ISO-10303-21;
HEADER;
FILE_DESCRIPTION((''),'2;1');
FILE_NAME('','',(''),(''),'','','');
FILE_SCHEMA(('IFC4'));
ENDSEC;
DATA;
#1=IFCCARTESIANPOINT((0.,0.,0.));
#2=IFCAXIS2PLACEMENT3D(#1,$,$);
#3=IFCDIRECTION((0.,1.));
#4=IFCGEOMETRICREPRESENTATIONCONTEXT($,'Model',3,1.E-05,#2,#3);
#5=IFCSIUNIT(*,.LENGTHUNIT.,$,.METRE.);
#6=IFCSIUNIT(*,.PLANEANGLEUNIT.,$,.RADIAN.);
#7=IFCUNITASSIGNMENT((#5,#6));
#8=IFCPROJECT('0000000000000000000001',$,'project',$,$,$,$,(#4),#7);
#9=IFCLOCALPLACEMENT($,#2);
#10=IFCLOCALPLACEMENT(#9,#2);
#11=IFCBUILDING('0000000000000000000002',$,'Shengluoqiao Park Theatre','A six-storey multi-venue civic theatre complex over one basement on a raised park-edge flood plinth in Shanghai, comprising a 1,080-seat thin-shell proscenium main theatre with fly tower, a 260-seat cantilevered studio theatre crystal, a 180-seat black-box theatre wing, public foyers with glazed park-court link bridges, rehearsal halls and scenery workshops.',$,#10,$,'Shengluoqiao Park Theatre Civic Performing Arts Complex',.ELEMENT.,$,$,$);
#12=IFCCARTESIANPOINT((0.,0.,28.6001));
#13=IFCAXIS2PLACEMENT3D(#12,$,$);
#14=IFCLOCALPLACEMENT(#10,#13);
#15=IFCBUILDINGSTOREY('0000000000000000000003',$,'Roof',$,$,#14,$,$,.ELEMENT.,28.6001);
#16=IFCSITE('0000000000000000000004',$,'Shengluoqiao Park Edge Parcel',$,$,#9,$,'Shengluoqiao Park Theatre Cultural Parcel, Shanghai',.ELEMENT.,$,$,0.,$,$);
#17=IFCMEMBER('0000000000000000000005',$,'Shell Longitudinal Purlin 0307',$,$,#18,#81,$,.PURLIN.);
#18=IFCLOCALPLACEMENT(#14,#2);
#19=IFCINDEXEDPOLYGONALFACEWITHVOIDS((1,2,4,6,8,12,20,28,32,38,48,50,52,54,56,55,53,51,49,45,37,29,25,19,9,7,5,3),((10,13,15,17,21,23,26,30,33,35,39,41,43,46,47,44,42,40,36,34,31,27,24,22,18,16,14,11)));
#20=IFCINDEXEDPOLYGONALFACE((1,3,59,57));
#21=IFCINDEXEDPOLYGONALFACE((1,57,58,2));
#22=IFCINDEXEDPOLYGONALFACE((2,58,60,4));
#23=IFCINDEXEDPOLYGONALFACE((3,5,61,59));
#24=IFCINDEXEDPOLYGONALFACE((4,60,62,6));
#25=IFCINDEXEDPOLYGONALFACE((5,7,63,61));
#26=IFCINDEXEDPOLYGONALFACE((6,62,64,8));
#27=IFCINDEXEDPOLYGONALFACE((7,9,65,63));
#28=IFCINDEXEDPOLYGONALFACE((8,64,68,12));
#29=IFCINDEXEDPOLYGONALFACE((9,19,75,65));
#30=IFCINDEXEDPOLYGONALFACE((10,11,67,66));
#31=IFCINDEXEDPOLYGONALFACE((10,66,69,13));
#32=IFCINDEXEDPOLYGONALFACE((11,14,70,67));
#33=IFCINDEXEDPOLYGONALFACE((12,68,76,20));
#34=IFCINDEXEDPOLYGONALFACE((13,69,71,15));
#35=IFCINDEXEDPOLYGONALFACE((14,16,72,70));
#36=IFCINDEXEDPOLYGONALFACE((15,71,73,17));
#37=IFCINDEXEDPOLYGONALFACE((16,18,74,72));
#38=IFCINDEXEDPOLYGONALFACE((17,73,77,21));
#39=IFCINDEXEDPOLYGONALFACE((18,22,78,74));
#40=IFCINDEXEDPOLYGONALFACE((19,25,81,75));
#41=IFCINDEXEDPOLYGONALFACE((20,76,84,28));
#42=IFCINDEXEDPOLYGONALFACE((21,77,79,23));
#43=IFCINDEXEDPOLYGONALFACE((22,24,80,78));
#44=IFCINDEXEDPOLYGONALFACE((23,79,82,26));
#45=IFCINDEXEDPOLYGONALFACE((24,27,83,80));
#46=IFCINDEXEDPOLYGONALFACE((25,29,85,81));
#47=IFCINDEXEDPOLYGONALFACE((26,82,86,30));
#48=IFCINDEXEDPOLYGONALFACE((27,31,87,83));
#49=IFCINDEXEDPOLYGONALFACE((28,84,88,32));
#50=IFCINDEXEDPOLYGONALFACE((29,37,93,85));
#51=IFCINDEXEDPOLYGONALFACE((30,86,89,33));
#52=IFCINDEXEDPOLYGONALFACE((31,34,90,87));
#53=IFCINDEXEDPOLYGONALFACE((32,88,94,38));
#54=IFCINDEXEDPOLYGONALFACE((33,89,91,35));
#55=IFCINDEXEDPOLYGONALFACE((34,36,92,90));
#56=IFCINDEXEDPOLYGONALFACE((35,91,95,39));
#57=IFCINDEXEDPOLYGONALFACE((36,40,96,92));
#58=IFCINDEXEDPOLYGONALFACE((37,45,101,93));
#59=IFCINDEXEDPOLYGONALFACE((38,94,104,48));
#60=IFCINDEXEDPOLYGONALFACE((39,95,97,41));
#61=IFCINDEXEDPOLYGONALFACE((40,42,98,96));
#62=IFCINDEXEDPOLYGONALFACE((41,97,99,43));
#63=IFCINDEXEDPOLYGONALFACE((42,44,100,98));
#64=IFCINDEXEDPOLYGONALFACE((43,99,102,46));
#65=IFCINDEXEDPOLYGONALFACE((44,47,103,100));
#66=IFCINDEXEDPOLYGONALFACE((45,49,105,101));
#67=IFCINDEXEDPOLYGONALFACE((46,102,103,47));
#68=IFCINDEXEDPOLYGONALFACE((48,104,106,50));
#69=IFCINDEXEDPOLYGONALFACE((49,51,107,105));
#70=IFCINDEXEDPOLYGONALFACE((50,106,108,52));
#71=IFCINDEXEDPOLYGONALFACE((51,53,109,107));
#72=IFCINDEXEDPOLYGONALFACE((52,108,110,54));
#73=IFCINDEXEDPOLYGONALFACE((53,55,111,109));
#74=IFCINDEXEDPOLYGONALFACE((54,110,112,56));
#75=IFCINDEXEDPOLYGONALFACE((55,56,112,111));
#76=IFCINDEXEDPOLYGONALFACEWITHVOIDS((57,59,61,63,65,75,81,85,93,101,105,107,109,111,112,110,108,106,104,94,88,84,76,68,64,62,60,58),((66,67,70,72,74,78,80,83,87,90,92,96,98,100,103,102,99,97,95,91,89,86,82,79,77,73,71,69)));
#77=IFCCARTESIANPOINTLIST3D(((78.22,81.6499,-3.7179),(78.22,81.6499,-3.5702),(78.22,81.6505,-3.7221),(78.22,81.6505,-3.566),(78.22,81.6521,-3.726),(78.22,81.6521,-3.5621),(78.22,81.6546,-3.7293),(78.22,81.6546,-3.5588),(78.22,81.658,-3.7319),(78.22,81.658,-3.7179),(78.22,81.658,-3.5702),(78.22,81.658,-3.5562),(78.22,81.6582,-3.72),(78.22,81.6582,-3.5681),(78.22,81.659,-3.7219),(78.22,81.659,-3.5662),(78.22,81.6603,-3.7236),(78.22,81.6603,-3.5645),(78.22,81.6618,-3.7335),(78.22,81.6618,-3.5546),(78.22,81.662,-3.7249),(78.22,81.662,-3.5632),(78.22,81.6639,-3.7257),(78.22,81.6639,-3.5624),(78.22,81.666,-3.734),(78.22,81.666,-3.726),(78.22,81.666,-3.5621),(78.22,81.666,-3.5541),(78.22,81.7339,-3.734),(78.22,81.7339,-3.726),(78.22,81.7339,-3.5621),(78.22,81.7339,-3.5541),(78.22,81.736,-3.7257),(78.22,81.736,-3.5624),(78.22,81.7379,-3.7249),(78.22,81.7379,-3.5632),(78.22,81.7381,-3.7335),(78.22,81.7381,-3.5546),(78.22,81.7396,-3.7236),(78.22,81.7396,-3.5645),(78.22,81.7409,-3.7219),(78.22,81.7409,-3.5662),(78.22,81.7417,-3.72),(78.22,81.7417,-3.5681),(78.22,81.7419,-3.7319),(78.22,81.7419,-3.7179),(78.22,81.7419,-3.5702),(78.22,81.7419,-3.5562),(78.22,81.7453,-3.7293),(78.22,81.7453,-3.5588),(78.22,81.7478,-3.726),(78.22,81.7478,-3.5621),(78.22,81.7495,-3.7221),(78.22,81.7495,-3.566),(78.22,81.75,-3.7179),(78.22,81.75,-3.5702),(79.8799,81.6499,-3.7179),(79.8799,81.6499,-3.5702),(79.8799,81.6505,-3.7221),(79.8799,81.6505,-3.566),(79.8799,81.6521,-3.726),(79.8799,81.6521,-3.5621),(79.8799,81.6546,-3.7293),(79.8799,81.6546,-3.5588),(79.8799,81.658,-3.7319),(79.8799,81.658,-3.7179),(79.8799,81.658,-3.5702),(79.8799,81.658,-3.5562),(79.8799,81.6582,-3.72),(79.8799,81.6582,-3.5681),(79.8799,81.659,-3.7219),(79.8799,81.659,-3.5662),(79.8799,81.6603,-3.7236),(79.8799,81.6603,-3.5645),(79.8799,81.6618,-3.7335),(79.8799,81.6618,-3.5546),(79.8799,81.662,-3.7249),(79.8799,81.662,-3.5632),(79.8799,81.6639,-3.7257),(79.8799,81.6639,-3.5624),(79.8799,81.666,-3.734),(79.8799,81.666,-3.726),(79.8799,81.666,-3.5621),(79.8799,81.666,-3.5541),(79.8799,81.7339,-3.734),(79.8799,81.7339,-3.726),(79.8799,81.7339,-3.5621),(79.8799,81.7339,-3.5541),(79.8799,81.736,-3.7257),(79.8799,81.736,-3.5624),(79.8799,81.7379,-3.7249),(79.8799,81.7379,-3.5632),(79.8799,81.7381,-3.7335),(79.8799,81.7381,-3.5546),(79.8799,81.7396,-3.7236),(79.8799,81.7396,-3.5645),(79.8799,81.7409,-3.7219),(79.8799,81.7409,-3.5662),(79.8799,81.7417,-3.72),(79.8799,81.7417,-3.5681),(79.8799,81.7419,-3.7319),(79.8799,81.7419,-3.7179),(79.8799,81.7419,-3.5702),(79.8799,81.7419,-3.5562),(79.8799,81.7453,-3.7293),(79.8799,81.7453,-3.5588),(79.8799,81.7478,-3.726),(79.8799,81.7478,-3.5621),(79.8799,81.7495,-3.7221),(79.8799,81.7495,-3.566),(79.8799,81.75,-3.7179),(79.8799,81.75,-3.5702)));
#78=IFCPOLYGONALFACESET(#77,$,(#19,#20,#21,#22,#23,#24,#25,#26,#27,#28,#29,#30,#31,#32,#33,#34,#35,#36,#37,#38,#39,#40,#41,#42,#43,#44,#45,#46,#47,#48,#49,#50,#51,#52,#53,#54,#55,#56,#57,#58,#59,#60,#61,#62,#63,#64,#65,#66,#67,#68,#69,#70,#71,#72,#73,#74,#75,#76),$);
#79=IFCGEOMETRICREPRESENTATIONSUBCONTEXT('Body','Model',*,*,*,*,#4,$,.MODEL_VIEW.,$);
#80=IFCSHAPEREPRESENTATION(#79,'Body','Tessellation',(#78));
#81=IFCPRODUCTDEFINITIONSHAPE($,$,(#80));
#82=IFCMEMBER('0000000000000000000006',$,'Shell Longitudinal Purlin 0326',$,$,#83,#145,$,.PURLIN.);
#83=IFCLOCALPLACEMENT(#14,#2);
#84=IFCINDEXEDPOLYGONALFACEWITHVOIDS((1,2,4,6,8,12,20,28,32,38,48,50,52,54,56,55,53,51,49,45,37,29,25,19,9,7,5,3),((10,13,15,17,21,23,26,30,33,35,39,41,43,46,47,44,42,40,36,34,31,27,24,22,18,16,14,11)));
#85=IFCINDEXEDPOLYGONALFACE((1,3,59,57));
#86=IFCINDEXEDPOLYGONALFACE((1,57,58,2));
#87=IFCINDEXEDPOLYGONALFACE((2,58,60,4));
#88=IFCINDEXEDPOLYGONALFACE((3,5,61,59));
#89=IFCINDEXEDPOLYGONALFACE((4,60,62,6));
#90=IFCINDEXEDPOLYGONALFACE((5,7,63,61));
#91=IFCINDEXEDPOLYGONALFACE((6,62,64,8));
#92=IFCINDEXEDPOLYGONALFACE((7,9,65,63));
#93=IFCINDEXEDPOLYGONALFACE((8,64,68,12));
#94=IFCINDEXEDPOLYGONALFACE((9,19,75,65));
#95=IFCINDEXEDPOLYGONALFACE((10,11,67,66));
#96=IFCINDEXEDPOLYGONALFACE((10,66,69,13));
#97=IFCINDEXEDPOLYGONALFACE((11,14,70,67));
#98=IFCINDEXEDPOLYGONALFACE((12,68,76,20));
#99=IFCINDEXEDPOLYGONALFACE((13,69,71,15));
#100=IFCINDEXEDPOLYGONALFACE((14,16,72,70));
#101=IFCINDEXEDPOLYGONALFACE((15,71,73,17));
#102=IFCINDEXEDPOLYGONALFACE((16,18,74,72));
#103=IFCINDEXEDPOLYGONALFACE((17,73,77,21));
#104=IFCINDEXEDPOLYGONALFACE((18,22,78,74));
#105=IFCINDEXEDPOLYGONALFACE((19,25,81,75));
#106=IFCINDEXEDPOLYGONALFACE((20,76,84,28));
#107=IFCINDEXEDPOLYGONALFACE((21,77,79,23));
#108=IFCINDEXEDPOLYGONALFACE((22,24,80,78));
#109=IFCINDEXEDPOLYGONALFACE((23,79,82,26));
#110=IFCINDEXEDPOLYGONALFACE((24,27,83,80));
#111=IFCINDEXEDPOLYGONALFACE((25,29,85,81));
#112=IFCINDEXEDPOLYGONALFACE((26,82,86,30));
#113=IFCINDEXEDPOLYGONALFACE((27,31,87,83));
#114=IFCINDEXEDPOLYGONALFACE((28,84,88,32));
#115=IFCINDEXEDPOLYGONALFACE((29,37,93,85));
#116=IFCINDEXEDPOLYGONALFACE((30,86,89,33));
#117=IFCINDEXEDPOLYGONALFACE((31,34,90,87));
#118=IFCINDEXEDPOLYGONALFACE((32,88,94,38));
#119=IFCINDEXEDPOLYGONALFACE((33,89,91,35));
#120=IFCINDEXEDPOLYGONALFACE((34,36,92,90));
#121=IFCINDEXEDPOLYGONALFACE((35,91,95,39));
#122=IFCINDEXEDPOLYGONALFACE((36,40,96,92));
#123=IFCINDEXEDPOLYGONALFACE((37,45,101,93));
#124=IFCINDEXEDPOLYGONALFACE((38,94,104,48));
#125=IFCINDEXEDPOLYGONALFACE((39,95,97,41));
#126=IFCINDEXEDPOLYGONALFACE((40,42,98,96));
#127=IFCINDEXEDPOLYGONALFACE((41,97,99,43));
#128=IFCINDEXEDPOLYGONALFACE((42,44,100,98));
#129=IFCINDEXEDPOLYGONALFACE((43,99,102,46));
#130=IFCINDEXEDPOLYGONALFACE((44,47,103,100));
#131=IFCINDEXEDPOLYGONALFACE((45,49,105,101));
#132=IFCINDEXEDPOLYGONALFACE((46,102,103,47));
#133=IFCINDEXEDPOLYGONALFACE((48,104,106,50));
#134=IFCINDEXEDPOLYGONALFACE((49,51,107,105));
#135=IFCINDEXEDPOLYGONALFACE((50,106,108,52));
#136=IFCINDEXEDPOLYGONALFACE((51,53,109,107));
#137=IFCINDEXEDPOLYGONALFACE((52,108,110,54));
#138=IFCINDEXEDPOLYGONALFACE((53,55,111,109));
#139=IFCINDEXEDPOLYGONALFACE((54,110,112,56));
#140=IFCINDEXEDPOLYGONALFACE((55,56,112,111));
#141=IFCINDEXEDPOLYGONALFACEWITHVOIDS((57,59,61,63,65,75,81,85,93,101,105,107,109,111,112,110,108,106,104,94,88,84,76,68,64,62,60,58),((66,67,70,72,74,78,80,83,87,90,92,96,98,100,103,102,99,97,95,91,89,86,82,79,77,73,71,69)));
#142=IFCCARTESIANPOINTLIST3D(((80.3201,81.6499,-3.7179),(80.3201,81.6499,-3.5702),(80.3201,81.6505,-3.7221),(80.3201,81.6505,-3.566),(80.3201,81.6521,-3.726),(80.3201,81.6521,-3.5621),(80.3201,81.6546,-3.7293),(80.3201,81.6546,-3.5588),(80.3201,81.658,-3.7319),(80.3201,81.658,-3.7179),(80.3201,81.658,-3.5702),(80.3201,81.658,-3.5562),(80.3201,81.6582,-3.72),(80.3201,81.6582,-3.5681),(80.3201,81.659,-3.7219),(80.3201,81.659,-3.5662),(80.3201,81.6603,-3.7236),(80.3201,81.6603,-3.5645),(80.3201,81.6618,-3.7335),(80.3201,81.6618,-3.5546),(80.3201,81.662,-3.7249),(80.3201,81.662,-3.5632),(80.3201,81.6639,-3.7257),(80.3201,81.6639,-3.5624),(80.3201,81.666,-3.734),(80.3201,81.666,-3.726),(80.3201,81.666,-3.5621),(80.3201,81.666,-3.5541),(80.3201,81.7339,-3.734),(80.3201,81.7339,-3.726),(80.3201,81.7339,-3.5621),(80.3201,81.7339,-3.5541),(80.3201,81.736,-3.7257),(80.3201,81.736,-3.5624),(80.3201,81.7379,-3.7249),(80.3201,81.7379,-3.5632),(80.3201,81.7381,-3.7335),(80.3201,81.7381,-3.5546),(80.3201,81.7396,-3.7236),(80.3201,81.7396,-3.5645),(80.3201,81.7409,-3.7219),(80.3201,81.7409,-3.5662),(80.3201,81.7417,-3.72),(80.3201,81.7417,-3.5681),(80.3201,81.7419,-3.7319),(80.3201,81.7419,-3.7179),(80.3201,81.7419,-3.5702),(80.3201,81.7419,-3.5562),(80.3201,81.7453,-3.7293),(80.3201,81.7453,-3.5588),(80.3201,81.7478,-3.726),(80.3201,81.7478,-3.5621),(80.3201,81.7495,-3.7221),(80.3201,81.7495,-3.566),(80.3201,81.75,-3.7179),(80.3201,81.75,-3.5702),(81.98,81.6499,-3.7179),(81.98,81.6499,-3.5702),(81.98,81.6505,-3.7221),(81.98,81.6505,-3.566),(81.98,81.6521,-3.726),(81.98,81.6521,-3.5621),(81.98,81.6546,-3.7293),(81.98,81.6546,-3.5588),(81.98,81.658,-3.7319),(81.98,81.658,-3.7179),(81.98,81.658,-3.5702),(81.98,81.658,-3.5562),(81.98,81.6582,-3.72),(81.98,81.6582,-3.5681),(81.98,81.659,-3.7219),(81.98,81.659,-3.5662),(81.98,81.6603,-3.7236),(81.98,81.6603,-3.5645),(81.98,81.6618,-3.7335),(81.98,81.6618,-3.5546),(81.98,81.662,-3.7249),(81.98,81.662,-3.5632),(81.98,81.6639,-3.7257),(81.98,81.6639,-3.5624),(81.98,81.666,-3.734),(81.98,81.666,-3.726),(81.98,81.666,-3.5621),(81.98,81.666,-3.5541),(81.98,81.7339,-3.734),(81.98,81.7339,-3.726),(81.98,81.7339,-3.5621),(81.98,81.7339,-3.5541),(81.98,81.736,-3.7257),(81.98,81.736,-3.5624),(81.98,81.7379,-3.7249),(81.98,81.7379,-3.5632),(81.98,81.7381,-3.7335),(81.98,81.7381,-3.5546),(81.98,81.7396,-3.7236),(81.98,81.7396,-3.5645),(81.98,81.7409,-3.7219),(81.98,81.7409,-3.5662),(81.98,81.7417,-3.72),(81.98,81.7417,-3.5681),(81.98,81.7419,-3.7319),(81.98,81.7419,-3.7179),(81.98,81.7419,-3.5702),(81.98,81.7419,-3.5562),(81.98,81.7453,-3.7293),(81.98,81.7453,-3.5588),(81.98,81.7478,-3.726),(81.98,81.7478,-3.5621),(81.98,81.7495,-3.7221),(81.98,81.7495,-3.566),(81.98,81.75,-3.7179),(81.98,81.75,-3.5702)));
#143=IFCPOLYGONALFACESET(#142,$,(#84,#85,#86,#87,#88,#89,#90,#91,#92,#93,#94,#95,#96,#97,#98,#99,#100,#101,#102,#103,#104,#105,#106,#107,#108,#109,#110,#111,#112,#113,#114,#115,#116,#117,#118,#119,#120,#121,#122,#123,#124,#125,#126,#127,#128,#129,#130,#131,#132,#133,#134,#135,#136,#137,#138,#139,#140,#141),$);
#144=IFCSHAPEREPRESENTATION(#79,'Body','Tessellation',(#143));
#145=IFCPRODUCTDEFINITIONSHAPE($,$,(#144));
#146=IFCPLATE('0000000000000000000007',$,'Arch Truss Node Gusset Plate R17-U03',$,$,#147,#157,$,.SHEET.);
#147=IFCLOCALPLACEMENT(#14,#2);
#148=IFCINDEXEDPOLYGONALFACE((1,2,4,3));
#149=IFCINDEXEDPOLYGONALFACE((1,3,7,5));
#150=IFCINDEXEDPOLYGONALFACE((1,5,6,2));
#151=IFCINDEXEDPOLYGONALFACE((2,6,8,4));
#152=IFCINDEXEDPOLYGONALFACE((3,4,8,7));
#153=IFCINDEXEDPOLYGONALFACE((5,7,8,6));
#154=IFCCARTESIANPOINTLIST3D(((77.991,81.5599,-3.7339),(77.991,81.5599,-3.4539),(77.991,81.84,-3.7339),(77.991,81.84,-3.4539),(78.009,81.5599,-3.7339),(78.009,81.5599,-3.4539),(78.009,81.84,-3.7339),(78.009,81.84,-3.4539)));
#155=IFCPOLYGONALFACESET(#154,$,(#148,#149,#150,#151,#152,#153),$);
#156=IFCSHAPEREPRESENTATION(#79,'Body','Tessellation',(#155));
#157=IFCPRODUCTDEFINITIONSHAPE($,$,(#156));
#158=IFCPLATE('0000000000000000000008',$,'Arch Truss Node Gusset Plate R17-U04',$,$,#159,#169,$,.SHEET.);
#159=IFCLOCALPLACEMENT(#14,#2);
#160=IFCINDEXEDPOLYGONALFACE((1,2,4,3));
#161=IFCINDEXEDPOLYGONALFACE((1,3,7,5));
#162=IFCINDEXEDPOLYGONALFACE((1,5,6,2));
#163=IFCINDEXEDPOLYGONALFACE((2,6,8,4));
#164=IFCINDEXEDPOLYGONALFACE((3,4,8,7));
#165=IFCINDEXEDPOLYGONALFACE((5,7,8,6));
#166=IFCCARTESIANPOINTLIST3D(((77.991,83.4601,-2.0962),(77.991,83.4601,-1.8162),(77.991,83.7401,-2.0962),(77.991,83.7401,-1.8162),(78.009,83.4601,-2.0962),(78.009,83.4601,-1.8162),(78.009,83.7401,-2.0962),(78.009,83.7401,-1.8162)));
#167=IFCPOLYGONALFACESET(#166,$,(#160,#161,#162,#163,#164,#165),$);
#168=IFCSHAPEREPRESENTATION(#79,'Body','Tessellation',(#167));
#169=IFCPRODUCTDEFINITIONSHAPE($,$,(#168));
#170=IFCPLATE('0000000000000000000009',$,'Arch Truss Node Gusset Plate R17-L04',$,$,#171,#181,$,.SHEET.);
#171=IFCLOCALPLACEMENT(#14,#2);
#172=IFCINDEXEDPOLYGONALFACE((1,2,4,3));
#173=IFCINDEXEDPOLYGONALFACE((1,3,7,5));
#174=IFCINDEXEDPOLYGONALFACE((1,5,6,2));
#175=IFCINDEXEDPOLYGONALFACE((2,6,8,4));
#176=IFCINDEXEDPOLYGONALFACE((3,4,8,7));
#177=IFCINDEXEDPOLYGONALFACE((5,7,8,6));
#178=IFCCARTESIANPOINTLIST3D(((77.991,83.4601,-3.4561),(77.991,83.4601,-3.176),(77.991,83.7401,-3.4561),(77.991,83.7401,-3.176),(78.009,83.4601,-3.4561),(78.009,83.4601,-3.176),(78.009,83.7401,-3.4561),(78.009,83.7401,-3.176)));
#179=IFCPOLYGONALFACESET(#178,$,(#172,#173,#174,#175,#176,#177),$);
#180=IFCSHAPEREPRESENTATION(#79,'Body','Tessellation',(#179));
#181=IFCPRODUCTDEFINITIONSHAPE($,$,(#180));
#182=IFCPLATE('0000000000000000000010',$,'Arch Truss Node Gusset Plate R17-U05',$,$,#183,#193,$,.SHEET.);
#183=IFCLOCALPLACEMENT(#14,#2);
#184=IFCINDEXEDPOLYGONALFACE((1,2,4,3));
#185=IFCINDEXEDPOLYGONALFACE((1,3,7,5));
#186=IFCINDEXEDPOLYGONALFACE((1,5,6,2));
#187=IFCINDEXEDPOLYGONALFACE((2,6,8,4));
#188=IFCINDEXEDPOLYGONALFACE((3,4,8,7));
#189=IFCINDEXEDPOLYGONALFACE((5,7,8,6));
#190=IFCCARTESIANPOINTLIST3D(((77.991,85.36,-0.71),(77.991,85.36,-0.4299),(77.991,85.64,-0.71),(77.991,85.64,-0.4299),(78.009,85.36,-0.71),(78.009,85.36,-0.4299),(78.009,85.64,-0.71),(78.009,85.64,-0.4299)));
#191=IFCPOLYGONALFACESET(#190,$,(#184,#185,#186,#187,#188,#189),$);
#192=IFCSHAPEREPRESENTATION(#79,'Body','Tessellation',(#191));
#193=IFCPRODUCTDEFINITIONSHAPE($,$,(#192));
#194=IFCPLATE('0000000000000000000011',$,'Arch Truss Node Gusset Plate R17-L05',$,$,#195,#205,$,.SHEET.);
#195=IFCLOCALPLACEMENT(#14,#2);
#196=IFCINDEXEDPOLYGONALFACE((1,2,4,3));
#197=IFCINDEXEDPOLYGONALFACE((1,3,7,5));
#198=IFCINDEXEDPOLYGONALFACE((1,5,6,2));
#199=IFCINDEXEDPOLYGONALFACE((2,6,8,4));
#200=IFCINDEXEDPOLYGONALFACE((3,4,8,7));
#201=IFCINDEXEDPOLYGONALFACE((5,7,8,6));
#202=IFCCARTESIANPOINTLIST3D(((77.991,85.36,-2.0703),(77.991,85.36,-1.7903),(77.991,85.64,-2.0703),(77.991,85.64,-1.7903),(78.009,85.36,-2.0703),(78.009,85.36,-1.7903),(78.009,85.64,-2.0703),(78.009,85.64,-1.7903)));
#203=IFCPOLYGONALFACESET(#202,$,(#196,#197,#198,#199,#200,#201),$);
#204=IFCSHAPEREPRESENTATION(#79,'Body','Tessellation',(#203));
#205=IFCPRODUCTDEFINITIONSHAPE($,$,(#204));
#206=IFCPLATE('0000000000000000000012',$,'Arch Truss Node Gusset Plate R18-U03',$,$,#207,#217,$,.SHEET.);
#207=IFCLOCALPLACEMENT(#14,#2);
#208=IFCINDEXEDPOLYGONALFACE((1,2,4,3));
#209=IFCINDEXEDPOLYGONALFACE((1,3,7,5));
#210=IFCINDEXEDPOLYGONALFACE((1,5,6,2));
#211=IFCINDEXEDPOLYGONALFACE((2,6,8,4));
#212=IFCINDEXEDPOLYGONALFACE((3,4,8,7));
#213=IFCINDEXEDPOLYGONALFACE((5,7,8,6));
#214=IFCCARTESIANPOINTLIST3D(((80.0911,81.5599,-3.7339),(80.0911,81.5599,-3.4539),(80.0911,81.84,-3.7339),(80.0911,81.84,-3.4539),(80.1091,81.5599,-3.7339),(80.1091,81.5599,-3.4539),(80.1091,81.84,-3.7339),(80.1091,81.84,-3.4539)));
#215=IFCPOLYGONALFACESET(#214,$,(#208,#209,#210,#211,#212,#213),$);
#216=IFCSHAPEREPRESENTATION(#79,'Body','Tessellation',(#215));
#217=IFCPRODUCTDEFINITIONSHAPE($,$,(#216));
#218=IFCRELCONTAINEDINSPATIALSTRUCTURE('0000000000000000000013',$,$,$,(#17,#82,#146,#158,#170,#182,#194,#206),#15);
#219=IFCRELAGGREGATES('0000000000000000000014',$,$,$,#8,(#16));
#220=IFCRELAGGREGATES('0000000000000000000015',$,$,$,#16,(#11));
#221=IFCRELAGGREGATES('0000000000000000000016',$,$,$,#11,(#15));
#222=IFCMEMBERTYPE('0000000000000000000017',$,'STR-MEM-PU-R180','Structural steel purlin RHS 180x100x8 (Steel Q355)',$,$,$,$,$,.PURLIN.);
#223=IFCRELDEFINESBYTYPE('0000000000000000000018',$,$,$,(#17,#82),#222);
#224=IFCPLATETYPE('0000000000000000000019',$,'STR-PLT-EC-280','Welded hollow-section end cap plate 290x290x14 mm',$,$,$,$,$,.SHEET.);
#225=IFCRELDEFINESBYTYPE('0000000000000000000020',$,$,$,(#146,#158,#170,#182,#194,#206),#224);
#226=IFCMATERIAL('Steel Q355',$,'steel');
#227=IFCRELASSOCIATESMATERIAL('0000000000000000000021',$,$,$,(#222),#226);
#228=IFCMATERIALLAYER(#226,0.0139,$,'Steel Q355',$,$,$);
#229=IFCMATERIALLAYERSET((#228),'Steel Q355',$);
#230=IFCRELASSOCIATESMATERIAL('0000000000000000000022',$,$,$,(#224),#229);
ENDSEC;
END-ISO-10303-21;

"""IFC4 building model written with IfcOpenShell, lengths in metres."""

from ifc_helpers import new_model, si_unit, direction, frame, origin, origin_2d, place, context, subcontext, project, spatial, rectangle, hollow_rectangle, extrude, material, layer, layer_set, material_profile, profile_set, type_object, element, save


model = new_model("IFC4")

# Units and contexts
model_context = context("Model", 3, precision=1e-05, world=origin(), true_north=direction((0.0, 1.0)))
body_context = subcontext(model_context, "Body", "Model", "MODEL_VIEW")
ifc_project = project(units=[si_unit("LENGTHUNIT", "METRE"), si_unit("PLANEANGLEUNIT", "RADIAN")], contexts=[model_context])

# Site, building, storey
site_placement = place(None, origin())
site = spatial("IfcSite", under=ifc_project, at=site_placement, Name="Shengluoqiao Park Edge Parcel", LongName="Shengluoqiao Park Theatre Cultural Parcel, Shanghai", CompositionType="ELEMENT", RefElevation=0.0)
building_placement = place(site_placement, origin())
building = spatial("IfcBuilding", under=site, at=building_placement, Name="Shengluoqiao Park Theatre", Description="A six-storey multi-venue civic theatre complex over one basement on a raised park-edge flood plinth in Shanghai, comprising a 1,080-seat thin-shell proscenium main theatre with fly tower, a 260-seat cantilevered studio theatre crystal, a 180-seat black-box theatre wing, public foyers with glazed park-court link bridges, rehearsal halls and scenery workshops.", LongName="Shengluoqiao Park Theatre Civic Performing Arts Complex", CompositionType="ELEMENT")
storey_placement = place(building_placement, frame((0.0, 0.0, 28.6001)))
storey = spatial("IfcBuildingStorey", under=building, at=storey_placement, Name="Roof", CompositionType="ELEMENT", Elevation=28.6001)

# Shared definitions
ifc_material_1 = material(Name="Steel Q355", Category="steel")

# Members
ifc_material_profile_1 = material_profile(ifc_material_1, hollow_rectangle(XDim=0.1001, YDim=0.1799, WallThickness=0.0081, InnerFilletRadius=0.0081, OuterFilletRadius=0.0161, at=origin_2d()), Name="RHS 180x100x8")
ifc_profile_set_1 = profile_set([ifc_material_profile_1], Name="Steel Q355")
member_type_1 = type_object("IfcMemberType", Name="STR-MEM-PU-R180", Description="Structural steel purlin RHS 180x100x8 (Steel Q355)", PredefinedType="PURLIN", material=ifc_profile_set_1)
for number, where, z_axis, x_axis, name in (
    (1, (78.22, 81.7, -3.644), (1.0, 0.0, 0.0), (0.0, 1.0, 0.0), "Shell Longitudinal Purlin 0307"),
    (2, (80.3201, 81.7, -3.644), (1.0, 0.0, 0.0), (0.0, 1.0, 0.0), "Shell Longitudinal Purlin 0326"),
):
    element("IfcMember", number, at=place(storey_placement, frame(where, z_axis=z_axis, x_axis=x_axis)), inside=storey, type_object=member_type_1, Name=name, PredefinedType="PURLIN", context=body_context, shape_type="SweptSolid", body=[
        extrude(hollow_rectangle(XDim=0.1001, YDim=0.1799, WallThickness=0.0081, InnerFilletRadius=0.0081, OuterFilletRadius=0.0161, at=origin_2d()), origin(), (0.0, 0.0, 1.0), 1.6599),
    ])

# Plates
ifc_layer_1 = layer(ifc_material_1, 0.0139, Name="Steel Q355")
ifc_layer_set_1 = layer_set([ifc_layer_1], Name="Steel Q355")
plate_type_1 = type_object("IfcPlateType", Name="STR-PLT-EC-280", Description="Welded hollow-section end cap plate 290x290x14 mm", PredefinedType="SHEET", material=ifc_layer_set_1)
for number, where, z_axis, x_axis, name in (
    (3, (78.0, 81.7, -3.7339), (0.0, 0.0, 1.0), (1.0, 0.0, 0.0), "Arch Truss Node Gusset Plate R17-U03"),
    (4, (78.0, 83.6001, -2.0962), (0.0, 0.0, 1.0), (1.0, 0.0, 0.0), "Arch Truss Node Gusset Plate R17-U04"),
    (5, (78.0, 83.6001, -3.4561), (0.0, 0.0, 1.0), (1.0, 0.0, 0.0), "Arch Truss Node Gusset Plate R17-L04"),
    (6, (78.0, 85.5, -0.71), (0.0, 0.0, 1.0), (1.0, 0.0, 0.0), "Arch Truss Node Gusset Plate R17-U05"),
    (7, (78.0, 85.5, -2.0703), (0.0, 0.0, 1.0), (1.0, 0.0, 0.0), "Arch Truss Node Gusset Plate R17-L05"),
    (8, (80.1001, 81.7, -3.7339), (0.0, 0.0, 1.0), (1.0, 0.0, 0.0), "Arch Truss Node Gusset Plate R18-U03"),
):
    element("IfcPlate", number, at=place(storey_placement, frame(where, z_axis=z_axis, x_axis=x_axis)), inside=storey, type_object=plate_type_1, Name=name, PredefinedType="SHEET", context=body_context, shape_type="SweptSolid", body=[
        extrude(rectangle(XDim=0.0181, YDim=0.28, at=origin_2d()), origin(), (0.0, 0.0, 1.0), 0.28),
    ])

save(model, "model.ifc")
